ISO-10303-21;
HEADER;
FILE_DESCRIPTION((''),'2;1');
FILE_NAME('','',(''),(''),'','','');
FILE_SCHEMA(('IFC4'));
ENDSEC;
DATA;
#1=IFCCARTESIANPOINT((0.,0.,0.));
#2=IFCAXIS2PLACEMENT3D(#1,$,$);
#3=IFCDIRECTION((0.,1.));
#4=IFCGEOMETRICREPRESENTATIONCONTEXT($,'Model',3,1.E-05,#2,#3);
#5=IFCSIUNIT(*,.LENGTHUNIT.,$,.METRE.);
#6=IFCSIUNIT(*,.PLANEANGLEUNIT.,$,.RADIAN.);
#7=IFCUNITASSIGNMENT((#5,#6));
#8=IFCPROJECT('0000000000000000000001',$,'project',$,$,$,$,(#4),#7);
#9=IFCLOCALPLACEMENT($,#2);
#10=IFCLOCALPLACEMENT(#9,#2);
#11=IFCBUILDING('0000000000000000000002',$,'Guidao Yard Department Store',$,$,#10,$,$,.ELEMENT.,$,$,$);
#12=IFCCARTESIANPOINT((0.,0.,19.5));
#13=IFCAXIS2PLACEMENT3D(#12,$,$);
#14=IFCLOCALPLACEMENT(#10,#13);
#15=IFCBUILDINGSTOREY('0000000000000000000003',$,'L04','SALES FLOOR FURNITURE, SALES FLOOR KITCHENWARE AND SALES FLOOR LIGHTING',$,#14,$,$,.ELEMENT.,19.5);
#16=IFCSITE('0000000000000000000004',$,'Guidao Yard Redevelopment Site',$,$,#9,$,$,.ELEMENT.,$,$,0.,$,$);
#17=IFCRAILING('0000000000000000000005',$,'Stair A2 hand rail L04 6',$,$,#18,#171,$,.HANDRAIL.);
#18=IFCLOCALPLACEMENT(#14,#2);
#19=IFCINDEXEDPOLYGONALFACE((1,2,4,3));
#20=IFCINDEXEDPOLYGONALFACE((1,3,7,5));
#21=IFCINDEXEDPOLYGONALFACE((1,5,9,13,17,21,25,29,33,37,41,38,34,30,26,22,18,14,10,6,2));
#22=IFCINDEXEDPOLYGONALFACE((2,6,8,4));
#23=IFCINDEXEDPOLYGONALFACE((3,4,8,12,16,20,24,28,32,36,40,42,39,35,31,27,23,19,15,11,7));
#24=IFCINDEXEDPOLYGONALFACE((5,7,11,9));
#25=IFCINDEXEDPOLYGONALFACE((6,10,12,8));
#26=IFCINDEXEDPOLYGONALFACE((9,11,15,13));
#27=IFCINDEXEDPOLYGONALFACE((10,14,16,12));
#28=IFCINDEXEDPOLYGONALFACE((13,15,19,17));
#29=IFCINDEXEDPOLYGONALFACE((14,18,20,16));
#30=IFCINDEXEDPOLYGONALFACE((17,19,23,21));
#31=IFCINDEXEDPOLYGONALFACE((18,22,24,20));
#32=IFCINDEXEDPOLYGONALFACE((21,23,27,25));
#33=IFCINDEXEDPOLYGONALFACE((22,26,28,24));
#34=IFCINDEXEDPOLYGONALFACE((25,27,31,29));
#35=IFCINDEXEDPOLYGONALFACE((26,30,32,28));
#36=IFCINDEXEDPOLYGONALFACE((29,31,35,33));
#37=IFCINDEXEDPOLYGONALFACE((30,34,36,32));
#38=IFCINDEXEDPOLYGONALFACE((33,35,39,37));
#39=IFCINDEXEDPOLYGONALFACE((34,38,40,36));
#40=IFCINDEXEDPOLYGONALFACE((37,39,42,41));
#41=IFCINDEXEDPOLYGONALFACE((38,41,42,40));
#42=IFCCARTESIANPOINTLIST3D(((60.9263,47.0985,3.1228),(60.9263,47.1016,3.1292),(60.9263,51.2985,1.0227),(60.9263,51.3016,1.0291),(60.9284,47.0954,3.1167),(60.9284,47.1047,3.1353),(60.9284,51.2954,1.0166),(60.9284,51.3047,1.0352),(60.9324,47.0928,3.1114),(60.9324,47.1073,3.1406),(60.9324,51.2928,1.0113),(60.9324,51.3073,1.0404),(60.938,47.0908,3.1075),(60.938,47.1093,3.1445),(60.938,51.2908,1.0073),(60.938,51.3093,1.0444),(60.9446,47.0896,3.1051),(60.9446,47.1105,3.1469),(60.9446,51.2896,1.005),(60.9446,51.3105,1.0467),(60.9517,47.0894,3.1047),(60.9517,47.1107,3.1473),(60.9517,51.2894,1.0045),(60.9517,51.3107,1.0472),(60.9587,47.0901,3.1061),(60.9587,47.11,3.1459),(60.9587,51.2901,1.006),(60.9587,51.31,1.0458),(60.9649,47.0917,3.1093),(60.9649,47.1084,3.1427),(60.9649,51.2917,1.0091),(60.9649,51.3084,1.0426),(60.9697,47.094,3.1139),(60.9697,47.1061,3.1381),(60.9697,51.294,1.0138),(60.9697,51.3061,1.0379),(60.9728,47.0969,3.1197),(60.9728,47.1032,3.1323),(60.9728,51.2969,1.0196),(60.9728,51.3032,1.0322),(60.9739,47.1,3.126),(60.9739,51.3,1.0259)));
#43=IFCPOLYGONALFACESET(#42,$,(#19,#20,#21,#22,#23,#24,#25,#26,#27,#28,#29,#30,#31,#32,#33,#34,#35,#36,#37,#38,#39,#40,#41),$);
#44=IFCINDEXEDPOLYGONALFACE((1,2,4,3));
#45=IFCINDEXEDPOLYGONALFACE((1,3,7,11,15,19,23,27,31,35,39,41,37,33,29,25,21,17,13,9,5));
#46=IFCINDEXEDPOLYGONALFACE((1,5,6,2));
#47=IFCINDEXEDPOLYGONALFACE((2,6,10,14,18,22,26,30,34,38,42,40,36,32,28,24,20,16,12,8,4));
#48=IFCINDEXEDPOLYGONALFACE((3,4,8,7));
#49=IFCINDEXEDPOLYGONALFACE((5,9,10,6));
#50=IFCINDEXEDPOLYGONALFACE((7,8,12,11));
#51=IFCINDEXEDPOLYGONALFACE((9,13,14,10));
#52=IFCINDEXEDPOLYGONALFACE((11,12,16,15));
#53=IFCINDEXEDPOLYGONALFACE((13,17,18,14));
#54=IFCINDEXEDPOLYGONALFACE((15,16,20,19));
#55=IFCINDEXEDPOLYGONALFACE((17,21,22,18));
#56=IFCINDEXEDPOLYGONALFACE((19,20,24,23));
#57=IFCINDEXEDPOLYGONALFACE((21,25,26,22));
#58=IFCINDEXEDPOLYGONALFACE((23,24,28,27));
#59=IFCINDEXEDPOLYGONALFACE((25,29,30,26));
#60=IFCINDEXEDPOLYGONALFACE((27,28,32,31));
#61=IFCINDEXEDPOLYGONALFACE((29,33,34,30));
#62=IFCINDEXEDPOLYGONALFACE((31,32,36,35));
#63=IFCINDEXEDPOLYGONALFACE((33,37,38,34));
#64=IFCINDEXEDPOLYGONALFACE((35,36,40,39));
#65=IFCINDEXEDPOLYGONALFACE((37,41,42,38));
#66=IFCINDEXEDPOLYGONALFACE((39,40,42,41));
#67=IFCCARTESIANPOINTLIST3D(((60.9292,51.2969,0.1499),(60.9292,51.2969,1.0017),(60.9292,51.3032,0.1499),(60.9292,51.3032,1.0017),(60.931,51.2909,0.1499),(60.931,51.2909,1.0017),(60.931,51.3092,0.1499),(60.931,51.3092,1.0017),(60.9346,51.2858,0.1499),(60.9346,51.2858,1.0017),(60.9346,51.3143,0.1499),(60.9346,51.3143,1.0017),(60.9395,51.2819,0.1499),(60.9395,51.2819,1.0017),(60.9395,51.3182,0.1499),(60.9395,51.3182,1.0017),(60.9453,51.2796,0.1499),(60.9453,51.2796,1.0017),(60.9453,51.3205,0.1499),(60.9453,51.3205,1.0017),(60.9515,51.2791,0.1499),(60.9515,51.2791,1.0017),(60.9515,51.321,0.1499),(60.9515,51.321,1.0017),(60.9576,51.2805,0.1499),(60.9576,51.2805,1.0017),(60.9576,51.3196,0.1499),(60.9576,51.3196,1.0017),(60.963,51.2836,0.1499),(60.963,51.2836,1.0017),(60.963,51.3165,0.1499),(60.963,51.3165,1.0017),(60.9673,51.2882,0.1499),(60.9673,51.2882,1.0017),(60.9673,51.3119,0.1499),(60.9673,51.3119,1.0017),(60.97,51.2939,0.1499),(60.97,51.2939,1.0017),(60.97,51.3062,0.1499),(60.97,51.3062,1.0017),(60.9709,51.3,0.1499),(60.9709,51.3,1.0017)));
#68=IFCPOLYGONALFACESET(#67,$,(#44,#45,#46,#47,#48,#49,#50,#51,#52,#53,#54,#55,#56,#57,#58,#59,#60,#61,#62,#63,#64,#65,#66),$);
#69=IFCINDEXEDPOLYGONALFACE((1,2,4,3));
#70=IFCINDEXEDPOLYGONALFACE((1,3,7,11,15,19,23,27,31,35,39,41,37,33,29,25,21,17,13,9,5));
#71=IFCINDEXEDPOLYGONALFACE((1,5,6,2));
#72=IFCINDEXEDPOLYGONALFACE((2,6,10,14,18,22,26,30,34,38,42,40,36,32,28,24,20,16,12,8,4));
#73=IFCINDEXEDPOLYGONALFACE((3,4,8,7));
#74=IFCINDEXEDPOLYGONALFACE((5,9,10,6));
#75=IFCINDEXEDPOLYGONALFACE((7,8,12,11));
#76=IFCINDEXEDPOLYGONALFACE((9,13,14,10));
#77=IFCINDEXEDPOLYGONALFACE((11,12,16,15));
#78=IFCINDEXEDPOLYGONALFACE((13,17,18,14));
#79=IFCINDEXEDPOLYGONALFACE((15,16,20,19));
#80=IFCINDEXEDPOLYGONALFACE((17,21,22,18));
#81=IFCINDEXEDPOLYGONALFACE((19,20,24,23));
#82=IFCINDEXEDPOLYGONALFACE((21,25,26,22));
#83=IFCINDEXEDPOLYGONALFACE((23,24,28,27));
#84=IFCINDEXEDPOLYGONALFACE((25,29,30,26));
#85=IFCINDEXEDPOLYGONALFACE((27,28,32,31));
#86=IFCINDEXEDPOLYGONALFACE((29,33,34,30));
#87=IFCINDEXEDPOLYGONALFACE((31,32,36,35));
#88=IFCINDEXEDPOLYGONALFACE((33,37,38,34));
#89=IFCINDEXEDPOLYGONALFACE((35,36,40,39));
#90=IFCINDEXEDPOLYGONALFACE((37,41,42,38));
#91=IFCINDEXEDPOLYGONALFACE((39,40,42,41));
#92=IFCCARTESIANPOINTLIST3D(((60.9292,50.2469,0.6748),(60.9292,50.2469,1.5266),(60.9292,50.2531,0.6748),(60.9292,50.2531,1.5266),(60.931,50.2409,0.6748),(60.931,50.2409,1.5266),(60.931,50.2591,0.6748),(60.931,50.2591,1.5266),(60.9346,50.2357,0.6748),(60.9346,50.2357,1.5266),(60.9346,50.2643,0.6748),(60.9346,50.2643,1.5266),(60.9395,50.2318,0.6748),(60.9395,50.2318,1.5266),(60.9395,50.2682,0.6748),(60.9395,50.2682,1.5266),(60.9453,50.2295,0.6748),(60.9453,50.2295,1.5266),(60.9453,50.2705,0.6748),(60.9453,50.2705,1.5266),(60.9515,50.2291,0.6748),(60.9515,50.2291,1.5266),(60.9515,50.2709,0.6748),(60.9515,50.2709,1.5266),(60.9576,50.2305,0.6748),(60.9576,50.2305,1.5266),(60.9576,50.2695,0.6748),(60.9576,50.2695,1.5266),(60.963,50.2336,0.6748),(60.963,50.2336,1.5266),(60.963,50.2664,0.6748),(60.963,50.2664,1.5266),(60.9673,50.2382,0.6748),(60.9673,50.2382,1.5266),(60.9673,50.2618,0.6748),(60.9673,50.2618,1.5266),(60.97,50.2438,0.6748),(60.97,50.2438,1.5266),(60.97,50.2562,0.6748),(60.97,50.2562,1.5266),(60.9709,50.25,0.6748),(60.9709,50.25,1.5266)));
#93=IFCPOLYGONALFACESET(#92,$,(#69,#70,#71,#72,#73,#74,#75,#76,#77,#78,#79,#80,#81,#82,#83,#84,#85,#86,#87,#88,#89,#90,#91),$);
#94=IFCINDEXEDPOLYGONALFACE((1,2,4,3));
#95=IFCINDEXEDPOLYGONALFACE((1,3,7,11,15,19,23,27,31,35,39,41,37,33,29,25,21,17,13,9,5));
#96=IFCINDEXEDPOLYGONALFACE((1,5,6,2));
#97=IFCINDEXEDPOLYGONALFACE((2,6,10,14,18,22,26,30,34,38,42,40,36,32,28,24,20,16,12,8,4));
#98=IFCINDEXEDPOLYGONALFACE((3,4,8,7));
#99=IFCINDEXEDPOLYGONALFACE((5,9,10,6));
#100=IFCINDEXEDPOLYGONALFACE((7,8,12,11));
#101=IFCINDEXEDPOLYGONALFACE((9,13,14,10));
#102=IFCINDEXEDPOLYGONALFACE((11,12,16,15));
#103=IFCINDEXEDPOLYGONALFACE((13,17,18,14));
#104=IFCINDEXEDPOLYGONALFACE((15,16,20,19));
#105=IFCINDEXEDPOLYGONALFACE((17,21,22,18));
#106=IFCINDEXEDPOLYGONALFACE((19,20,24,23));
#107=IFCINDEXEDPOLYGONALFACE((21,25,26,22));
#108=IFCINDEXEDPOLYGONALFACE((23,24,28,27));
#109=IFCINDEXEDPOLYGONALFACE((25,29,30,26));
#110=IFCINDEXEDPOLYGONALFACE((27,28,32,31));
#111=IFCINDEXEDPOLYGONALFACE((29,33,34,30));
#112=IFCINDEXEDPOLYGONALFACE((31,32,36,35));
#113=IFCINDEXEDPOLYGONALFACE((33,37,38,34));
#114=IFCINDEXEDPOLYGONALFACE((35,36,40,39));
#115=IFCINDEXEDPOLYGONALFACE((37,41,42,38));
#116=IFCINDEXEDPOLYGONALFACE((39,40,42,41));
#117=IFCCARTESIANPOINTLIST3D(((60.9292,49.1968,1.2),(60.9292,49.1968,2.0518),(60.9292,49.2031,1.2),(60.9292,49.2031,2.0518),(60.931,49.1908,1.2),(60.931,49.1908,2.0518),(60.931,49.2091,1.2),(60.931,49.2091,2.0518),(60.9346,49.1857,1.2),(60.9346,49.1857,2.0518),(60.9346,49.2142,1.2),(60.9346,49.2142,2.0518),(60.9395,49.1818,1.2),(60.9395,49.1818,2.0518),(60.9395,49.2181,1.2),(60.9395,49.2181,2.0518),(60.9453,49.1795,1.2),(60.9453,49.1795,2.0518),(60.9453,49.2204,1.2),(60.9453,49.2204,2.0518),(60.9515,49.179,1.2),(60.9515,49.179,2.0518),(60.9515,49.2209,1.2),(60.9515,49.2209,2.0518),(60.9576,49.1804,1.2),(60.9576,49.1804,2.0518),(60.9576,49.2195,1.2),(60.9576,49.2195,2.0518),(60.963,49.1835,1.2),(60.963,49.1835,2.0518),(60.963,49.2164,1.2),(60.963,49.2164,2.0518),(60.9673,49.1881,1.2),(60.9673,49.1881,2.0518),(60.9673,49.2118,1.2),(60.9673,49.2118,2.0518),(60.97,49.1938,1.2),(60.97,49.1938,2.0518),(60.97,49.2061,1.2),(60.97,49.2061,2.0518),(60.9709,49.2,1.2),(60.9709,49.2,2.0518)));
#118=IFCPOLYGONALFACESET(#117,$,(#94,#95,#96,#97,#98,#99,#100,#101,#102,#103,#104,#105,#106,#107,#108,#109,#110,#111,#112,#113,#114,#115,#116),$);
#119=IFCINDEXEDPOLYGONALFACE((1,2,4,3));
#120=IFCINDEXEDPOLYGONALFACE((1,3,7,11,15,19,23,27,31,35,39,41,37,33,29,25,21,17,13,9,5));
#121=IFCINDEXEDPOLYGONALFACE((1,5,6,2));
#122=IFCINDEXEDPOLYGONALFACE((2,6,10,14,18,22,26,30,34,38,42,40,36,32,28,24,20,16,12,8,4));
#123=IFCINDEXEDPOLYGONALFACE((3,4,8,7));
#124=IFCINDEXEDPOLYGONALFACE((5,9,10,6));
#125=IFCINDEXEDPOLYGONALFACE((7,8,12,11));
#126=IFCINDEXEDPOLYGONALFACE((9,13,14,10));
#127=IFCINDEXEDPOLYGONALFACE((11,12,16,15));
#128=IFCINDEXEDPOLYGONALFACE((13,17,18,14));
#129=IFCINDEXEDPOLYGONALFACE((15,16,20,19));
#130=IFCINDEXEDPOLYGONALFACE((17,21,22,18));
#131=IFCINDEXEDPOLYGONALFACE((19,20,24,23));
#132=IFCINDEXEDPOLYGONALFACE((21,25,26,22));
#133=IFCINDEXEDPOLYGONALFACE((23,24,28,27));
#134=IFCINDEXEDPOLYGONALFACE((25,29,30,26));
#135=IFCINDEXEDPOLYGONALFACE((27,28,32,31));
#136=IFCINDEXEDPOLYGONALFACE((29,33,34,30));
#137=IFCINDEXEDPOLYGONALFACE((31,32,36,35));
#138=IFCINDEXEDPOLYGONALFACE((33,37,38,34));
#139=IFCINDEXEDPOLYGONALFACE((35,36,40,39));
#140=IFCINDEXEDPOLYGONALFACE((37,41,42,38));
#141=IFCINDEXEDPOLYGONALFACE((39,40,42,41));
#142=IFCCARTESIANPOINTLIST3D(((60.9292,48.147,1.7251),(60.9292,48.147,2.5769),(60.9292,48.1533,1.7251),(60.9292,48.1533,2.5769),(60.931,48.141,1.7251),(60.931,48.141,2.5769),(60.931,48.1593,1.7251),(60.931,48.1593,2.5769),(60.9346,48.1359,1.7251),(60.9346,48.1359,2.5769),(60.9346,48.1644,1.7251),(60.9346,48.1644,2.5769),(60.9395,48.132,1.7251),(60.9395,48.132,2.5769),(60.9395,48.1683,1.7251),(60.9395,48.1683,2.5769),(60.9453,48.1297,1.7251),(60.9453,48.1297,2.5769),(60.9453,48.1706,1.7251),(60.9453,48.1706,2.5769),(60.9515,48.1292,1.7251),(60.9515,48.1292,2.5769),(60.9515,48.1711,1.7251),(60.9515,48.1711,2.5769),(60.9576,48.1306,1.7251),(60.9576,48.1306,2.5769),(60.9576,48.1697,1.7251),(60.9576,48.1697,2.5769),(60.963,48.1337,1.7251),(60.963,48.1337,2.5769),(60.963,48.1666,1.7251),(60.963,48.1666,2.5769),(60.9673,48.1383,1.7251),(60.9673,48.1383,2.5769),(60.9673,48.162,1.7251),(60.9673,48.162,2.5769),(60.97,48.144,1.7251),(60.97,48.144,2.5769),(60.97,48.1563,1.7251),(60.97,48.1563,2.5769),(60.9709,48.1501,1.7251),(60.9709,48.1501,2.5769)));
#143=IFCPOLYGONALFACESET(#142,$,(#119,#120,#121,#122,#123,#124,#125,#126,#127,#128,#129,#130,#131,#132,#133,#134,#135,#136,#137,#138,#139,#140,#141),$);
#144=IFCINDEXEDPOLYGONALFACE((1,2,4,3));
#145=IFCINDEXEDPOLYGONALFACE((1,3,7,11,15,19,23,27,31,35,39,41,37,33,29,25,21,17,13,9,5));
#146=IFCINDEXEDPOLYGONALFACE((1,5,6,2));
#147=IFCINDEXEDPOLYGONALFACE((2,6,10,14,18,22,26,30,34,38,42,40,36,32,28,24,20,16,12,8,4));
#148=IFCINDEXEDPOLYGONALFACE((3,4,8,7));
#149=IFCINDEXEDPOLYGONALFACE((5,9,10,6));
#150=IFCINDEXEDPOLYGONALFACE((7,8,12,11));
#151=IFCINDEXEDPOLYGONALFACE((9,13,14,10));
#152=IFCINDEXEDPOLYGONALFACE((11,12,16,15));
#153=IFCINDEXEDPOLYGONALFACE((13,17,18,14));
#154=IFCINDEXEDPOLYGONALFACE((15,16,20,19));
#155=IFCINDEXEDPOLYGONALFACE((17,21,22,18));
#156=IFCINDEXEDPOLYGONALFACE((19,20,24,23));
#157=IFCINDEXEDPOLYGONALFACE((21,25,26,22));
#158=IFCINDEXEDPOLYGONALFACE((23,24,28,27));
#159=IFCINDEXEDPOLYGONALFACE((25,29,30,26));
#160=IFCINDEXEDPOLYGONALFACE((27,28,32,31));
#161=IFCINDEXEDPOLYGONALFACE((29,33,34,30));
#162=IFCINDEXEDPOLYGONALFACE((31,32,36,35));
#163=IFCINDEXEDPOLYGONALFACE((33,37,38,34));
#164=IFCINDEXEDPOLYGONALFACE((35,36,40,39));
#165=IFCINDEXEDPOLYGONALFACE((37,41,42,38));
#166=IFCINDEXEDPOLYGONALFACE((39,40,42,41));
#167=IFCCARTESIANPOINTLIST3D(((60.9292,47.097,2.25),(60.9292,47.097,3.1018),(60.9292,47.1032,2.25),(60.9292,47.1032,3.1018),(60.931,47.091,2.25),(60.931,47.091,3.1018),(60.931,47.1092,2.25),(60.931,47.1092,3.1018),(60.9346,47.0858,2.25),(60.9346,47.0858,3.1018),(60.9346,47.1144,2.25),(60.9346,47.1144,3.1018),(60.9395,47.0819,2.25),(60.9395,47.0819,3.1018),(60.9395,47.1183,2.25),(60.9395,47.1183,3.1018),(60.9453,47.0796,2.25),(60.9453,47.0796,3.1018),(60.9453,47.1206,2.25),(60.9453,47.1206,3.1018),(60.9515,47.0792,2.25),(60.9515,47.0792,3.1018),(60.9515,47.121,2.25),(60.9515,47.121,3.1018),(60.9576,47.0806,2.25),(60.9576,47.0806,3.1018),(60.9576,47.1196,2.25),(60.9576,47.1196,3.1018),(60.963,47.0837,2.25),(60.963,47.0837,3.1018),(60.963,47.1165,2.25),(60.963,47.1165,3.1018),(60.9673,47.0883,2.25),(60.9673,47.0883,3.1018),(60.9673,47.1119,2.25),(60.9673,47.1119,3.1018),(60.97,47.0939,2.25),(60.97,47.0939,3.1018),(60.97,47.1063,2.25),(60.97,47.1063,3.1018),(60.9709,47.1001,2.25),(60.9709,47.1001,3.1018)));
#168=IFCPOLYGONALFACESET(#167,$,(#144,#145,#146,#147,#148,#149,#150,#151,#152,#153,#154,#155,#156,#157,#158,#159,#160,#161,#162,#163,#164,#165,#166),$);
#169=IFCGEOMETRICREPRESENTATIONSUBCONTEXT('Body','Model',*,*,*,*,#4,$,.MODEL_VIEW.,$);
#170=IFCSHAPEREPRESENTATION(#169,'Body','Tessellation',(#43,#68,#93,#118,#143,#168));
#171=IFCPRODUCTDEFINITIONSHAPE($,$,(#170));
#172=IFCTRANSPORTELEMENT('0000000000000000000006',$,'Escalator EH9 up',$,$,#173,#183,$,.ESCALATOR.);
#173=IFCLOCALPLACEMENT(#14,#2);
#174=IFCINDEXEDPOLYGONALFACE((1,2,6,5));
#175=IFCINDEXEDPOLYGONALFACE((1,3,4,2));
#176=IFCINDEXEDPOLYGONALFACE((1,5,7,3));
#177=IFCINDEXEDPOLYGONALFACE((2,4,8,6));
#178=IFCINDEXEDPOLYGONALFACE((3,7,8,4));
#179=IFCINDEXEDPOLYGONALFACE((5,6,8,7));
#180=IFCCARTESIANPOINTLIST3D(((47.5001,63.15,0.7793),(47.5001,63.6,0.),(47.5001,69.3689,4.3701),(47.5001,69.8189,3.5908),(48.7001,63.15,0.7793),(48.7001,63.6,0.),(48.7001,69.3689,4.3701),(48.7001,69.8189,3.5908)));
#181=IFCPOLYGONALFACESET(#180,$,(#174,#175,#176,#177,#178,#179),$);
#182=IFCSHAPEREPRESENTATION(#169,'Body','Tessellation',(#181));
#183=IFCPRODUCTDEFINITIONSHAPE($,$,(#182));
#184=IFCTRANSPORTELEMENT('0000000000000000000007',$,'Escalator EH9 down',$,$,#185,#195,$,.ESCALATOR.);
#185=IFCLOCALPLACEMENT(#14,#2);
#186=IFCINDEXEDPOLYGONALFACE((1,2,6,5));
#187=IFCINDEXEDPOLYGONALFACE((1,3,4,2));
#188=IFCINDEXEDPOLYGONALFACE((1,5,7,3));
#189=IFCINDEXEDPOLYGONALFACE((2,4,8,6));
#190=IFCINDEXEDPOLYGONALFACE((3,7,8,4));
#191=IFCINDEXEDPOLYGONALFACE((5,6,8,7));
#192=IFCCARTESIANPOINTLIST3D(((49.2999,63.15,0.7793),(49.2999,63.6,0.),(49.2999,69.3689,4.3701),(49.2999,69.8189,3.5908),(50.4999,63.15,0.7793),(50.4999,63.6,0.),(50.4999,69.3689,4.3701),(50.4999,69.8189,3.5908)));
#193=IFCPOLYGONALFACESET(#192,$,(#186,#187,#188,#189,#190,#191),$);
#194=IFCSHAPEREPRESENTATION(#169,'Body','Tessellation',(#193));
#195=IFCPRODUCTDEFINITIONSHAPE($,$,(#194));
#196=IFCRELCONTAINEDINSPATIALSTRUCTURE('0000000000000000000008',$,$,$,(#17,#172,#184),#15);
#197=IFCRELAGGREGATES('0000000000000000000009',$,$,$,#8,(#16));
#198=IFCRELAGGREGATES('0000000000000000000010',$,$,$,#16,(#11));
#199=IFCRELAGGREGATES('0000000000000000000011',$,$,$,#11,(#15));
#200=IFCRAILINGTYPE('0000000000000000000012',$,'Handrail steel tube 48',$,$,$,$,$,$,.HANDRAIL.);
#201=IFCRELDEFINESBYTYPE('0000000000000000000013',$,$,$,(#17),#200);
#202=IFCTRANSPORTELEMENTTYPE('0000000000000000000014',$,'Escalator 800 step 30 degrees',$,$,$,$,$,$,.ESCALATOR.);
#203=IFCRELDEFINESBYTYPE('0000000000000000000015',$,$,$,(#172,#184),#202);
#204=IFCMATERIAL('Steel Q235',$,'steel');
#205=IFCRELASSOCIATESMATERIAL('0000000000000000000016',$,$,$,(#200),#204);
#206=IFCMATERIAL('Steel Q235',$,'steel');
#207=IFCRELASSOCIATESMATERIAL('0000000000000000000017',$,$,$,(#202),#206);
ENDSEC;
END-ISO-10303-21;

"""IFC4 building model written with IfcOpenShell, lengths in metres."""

from ifc_helpers import new_model, si_unit, direction, frame, origin, origin_2d, place, context, subcontext, project, spatial, rectangle, circle, extrude, material, material_profile, profile_set, type_object, element, save


model = new_model("IFC4")

# Units and contexts
model_context = context("Model", 3, precision=1e-05, world=origin(), true_north=direction((0.0, 1.0)))
body_context = subcontext(model_context, "Body", "Model", "MODEL_VIEW")
ifc_project = project(units=[si_unit("LENGTHUNIT", "METRE"), si_unit("PLANEANGLEUNIT", "RADIAN")], contexts=[model_context])

# Site, building, storey
site_placement = place(None, origin())
site = spatial("IfcSite", under=ifc_project, at=site_placement, Name="Guidao Yard Redevelopment Site", CompositionType="ELEMENT", RefElevation=0.0)
building_placement = place(site_placement, origin())
building = spatial("IfcBuilding", under=site, at=building_placement, Name="Guidao Yard Department Store", CompositionType="ELEMENT")
storey_placement = place(building_placement, frame((0.0, 0.0, 19.5)))
storey = spatial("IfcBuildingStorey", under=building, at=storey_placement, Name="L04", Description="SALES FLOOR FURNITURE, SALES FLOOR KITCHENWARE AND SALES FLOOR LIGHTING", CompositionType="ELEMENT", Elevation=19.5)

# Railing
ifc_material_1 = material(Name="Steel Q235", Category="steel")
railing_type_1 = type_object("IfcRailingType", Name="Handrail steel tube 48", PredefinedType="HANDRAIL", material=ifc_material_1)
railing_placement = place(storey_placement, frame((60.95, 51.3, 0.1499)))
element("IfcRailing", 1, at=railing_placement, inside=storey, type_object=railing_type_1, Name="Stair A2 hand rail L04 6", PredefinedType="HANDRAIL", context=body_context, shape_type="SweptSolid", body=[
    extrude(circle(Radius=0.0239, at=origin_2d()), frame((0.0, 0.0, 0.876), z_axis=(0.0, -0.894417, 0.447234), x_axis=(1.0, 0.0, 0.0)), (0.0, 0.0, 1.0), 4.6958),
    extrude(circle(Radius=0.021, at=origin_2d()), origin(), (0.0, 0.0, 1.0), 0.8518),
    extrude(circle(Radius=0.021, at=origin_2d()), frame((0.0, -1.05, 0.5249)), (0.0, 0.0, 1.0), 0.8518),
    extrude(circle(Radius=0.021, at=origin_2d()), frame((0.0, -2.1001, 1.05)), (0.0, 0.0, 1.0), 0.8518),
    extrude(circle(Radius=0.021, at=origin_2d()), frame((0.0, -3.1499, 1.5752)), (0.0, 0.0, 1.0), 0.8518),
    extrude(circle(Radius=0.021, at=origin_2d()), frame((0.0, -4.2, 2.1001)), (0.0, 0.0, 1.0), 0.8518),
])

# Transport elements
ifc_material_2 = material(Name="Steel Q235", Category="steel")
ifc_material_profile_1 = material_profile(ifc_material_2, rectangle(XDim=1.2, YDim=0.8999, at=origin_2d()), Name="Escalator 800 step 30 degrees")
ifc_profile_set_1 = profile_set([ifc_material_profile_1], Name="Steel Q235")
transport_element_type = type_object("IfcTransportElementType", Name="Escalator 800 step 30 degrees", PredefinedType="ESCALATOR", material=ifc_profile_set_1)
for number, where, z_axis, x_axis, name in (
    (2, (48.1001, 63.375, 0.3896), (0.0, 0.866008, 0.500029), (-1.0, 0.0, 0.0), "Escalator EH9 up"),
    (3, (49.8999, 63.375, 0.3896), (0.0, 0.866008, 0.500029), (-1.0, 0.0, 0.0), "Escalator EH9 down"),
):
    element("IfcTransportElement", number, at=place(storey_placement, frame(where, z_axis=z_axis, x_axis=x_axis)), inside=storey, type_object=transport_element_type, Name=name, PredefinedType="ESCALATOR", context=body_context, shape_type="SweptSolid", body=[
        extrude(rectangle(XDim=1.2, YDim=0.8999, at=origin_2d()), origin(), (0.0, 0.0, 1.0), 7.1812),
    ])

save(model, "model.ifc")
